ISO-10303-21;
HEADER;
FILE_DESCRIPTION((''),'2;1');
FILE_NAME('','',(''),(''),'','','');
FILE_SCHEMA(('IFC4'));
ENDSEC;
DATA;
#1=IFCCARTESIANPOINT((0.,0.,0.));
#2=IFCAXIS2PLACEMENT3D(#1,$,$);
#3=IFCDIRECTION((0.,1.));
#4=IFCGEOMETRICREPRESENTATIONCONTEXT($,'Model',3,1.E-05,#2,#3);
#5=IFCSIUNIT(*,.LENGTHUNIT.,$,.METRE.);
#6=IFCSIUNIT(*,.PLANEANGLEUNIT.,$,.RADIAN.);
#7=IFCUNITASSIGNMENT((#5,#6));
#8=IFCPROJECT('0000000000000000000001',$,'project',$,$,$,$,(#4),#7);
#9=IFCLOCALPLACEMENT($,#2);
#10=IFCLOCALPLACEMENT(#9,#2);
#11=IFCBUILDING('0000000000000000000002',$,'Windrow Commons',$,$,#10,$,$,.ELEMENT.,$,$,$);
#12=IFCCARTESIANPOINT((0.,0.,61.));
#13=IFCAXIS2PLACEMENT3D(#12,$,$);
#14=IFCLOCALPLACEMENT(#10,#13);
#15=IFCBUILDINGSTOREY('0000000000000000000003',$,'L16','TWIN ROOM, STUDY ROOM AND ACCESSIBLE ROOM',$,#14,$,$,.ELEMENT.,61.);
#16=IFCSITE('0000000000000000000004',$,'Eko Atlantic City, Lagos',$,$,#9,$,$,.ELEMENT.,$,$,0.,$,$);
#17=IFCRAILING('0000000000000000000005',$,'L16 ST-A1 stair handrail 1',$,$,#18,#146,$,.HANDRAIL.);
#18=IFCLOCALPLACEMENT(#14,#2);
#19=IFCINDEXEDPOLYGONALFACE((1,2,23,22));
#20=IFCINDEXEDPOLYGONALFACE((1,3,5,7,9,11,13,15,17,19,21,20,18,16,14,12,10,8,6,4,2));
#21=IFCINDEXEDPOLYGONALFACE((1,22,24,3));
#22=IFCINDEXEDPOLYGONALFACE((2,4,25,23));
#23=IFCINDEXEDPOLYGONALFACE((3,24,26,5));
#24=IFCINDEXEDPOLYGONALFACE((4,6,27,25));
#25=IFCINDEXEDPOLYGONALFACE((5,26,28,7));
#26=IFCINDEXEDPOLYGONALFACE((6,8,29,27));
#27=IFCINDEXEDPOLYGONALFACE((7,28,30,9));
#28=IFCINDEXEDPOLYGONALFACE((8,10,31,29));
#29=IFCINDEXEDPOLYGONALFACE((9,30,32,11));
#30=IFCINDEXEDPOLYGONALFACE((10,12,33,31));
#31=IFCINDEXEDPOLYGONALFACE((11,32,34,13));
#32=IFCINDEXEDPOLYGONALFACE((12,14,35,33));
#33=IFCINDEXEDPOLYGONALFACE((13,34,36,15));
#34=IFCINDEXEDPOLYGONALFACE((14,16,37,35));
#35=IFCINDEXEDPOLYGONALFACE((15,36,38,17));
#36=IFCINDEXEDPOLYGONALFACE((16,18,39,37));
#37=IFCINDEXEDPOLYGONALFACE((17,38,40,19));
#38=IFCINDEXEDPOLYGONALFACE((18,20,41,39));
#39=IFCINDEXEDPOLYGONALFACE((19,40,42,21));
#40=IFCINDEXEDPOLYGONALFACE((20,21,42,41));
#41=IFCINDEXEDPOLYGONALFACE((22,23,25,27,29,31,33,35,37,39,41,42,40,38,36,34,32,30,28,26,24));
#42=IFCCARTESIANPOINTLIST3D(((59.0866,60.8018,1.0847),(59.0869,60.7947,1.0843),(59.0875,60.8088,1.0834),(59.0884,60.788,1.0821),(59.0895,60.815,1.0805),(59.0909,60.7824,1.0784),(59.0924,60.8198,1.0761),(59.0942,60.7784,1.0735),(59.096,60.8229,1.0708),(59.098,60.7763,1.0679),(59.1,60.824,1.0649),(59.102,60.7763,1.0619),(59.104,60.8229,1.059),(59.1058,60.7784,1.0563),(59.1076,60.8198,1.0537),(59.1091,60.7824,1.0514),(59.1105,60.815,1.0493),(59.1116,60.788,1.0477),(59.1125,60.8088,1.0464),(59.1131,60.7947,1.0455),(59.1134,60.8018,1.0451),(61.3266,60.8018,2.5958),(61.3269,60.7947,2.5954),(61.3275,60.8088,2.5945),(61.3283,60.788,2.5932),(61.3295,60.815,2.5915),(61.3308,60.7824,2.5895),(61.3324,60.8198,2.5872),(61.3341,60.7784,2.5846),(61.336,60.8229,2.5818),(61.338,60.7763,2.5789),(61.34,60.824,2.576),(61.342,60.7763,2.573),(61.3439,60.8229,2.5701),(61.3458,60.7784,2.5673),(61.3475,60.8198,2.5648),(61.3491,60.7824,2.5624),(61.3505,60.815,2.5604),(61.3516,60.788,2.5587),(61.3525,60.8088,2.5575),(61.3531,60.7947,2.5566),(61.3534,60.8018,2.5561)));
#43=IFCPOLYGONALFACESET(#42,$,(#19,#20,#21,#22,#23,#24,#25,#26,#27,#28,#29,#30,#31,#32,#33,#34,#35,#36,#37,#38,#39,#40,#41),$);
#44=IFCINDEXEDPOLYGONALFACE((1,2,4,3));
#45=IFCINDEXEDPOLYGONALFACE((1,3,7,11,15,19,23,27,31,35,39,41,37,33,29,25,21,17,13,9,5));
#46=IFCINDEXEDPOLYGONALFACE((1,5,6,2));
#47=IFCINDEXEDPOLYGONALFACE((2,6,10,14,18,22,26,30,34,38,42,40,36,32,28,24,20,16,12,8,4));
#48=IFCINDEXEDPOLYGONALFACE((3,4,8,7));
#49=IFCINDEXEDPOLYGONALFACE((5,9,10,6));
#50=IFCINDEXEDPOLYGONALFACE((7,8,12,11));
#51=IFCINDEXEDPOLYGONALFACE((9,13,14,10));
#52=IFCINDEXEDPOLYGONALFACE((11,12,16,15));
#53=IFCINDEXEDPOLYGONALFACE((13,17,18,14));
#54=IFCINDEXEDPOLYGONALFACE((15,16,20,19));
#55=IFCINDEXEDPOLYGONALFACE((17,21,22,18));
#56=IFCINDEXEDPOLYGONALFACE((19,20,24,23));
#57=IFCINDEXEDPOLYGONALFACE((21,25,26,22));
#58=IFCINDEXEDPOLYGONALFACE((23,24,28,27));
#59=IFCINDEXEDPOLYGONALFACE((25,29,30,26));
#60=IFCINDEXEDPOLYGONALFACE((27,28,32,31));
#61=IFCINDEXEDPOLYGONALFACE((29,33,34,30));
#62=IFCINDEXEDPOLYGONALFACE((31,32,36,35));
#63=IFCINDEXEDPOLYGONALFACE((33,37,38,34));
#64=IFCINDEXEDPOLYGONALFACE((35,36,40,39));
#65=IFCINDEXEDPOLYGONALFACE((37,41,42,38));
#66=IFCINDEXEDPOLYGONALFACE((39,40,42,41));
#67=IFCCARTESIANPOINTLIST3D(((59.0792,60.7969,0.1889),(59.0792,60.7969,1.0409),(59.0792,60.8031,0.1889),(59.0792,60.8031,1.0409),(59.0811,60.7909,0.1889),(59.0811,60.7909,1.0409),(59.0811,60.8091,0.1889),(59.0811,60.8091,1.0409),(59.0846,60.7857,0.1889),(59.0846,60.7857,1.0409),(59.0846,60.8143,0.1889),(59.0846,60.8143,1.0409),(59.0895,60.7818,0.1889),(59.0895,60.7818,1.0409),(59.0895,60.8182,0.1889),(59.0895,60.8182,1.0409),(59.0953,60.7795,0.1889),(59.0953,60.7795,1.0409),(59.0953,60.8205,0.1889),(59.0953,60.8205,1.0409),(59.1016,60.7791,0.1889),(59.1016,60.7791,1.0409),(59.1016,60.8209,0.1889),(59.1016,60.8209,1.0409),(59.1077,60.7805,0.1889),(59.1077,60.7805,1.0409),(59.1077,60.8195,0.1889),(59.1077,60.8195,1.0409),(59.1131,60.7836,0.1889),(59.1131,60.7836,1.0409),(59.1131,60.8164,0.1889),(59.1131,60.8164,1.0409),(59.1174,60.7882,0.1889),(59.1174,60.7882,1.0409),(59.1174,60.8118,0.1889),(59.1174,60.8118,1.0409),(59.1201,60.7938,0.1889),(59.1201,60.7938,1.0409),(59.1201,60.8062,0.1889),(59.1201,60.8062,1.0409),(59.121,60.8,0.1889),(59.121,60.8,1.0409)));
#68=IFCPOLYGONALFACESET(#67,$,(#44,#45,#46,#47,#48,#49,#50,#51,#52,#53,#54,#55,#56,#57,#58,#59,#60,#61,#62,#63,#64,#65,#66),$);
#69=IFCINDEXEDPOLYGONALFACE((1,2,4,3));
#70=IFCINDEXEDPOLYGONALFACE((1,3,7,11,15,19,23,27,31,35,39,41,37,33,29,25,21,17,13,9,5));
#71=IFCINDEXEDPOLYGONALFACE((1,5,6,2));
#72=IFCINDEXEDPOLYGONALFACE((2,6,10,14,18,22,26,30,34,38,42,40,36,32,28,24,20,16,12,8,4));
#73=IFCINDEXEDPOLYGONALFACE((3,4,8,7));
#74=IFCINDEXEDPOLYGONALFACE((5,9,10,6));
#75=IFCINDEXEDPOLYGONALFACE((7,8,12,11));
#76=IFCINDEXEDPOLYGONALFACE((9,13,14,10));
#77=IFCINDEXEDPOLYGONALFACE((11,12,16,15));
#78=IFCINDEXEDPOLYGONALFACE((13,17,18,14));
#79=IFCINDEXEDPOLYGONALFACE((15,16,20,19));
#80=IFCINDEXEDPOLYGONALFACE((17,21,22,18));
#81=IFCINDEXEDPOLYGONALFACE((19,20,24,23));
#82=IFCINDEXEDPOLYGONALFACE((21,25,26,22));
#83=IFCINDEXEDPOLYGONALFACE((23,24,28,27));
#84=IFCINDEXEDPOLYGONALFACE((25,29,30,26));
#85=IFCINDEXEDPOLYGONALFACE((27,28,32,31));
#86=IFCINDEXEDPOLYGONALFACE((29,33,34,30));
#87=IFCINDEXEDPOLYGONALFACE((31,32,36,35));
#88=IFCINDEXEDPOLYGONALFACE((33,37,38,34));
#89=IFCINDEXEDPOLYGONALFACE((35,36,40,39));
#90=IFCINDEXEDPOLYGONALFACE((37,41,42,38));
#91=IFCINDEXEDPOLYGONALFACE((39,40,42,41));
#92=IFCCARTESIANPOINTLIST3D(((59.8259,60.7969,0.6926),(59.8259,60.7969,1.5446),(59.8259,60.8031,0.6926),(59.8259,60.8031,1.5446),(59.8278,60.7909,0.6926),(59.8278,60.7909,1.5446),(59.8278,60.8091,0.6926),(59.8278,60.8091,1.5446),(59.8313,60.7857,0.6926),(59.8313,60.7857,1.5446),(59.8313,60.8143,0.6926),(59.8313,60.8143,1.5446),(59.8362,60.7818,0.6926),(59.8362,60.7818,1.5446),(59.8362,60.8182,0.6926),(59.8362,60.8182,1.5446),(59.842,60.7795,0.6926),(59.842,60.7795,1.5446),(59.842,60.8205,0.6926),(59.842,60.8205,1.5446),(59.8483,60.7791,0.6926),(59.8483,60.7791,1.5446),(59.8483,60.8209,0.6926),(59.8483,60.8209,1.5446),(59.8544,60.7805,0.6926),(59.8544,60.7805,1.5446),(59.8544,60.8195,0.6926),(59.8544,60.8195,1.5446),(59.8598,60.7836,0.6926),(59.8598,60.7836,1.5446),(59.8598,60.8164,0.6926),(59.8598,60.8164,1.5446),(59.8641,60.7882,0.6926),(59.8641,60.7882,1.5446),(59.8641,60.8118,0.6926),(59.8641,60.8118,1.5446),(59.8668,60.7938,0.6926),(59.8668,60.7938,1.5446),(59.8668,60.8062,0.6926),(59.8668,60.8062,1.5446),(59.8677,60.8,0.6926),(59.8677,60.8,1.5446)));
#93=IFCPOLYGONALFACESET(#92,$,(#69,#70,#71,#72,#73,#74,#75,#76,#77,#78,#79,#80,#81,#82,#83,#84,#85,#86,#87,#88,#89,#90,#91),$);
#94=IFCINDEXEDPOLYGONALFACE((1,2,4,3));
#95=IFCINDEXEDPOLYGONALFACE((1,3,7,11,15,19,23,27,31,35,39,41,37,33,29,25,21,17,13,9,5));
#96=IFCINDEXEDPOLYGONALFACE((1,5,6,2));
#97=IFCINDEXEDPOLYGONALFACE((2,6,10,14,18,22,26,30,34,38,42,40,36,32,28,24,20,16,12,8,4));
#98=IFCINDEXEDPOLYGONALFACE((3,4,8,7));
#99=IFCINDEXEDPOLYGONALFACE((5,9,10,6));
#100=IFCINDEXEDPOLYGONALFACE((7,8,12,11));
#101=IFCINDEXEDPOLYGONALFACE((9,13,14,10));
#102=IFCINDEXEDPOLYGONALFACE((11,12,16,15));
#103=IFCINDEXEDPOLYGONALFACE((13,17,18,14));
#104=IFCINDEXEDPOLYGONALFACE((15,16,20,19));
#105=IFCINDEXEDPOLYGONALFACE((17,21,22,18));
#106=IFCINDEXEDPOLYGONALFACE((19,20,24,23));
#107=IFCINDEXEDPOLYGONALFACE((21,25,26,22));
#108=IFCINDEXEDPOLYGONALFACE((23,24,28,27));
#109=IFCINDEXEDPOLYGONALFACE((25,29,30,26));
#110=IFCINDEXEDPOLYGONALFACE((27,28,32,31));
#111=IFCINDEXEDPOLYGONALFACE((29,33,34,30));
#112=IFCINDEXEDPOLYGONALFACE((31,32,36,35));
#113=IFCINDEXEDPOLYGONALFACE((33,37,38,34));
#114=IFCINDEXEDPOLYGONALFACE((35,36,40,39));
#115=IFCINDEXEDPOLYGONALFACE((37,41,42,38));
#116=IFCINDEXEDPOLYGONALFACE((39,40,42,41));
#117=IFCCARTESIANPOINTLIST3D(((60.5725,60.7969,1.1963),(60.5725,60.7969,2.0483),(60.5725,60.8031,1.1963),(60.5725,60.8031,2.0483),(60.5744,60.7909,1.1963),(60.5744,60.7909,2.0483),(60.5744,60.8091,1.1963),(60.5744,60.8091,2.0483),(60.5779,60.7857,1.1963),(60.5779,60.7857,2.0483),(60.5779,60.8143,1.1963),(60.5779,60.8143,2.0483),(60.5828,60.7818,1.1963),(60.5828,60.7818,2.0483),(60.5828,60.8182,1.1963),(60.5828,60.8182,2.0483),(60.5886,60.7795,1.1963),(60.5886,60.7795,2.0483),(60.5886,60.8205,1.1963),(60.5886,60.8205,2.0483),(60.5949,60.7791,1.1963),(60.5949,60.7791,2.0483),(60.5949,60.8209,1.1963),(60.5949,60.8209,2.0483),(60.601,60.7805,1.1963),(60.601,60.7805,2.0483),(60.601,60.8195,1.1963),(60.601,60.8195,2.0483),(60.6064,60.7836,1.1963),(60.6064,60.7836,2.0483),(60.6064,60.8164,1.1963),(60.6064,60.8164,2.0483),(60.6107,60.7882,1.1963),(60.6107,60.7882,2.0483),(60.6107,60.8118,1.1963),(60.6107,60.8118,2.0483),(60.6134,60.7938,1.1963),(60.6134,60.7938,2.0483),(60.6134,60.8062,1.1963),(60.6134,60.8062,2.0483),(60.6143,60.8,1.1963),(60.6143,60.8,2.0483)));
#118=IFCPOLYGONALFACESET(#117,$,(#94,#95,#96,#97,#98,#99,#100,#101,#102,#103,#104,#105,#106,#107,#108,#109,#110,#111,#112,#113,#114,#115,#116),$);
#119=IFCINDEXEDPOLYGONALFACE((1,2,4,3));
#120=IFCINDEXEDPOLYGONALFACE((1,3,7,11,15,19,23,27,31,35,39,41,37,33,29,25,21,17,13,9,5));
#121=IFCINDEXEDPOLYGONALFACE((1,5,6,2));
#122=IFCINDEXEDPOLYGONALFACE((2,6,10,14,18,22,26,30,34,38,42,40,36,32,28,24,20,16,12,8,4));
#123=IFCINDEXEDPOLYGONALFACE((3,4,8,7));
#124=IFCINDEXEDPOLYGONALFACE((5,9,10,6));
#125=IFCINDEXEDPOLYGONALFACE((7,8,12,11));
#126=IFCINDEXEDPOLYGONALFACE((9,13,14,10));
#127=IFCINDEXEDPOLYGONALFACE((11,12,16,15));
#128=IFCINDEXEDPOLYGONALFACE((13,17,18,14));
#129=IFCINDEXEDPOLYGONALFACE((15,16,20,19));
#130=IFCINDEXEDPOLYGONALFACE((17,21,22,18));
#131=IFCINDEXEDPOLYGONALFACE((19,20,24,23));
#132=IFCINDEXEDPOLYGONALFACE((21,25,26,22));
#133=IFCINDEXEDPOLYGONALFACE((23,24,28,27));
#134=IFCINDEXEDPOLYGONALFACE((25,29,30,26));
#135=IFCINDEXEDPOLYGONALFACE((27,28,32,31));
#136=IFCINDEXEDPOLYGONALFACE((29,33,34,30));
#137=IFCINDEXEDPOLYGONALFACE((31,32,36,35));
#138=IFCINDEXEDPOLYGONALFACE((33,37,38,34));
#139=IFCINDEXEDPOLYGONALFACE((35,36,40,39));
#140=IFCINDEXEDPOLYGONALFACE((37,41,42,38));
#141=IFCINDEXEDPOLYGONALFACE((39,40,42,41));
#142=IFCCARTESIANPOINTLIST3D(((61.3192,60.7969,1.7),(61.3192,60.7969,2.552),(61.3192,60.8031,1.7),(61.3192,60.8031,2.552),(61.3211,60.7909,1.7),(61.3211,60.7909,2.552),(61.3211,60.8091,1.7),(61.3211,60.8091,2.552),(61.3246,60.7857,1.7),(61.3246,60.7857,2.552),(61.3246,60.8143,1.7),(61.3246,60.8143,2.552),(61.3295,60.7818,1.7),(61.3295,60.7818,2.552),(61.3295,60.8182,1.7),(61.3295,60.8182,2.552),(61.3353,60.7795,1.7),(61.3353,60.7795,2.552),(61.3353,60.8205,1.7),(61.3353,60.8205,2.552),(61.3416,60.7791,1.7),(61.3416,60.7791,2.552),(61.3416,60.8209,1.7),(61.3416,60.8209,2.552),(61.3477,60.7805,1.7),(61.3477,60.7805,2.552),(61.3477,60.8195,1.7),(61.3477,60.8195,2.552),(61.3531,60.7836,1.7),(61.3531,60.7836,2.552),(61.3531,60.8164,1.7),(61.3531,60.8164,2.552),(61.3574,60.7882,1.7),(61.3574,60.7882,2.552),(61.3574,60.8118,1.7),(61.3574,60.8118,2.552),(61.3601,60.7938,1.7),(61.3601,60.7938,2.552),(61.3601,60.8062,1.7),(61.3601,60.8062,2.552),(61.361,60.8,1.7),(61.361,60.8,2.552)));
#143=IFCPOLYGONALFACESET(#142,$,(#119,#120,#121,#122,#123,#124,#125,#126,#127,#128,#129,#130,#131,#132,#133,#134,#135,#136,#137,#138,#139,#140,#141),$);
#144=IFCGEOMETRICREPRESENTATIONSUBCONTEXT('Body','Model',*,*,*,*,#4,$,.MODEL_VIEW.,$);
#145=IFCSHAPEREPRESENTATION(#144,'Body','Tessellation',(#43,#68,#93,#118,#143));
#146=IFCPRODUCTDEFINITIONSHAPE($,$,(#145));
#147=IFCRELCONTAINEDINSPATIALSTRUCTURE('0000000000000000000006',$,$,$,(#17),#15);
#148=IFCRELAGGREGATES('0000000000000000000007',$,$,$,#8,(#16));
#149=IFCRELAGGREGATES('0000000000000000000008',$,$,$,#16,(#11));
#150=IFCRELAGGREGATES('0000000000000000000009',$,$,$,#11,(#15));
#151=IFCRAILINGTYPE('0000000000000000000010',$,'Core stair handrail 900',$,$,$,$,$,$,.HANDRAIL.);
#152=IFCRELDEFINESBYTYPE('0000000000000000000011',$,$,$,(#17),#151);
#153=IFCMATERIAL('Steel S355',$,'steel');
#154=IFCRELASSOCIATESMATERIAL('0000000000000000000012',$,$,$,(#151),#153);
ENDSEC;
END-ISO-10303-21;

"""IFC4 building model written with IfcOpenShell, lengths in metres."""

from ifc_helpers import new_model, si_unit, direction, frame, origin, origin_2d, place, context, subcontext, project, spatial, circle, extrude, material, type_object, element, save


model = new_model("IFC4")

# Units and contexts
model_context = context("Model", 3, precision=1e-05, world=origin(), true_north=direction((0.0, 1.0)))
body_context = subcontext(model_context, "Body", "Model", "MODEL_VIEW")
ifc_project = project(units=[si_unit("LENGTHUNIT", "METRE"), si_unit("PLANEANGLEUNIT", "RADIAN")], contexts=[model_context])

# Site, building, storey
site_placement = place(None, origin())
site = spatial("IfcSite", under=ifc_project, at=site_placement, Name="Eko Atlantic City, Lagos", CompositionType="ELEMENT", RefElevation=0.0)
building_placement = place(site_placement, origin())
building = spatial("IfcBuilding", under=site, at=building_placement, Name="Windrow Commons", CompositionType="ELEMENT")
storey_placement = place(building_placement, frame((0.0, 0.0, 61.0)))
storey = spatial("IfcBuildingStorey", under=building, at=storey_placement, Name="L16", Description="TWIN ROOM, STUDY ROOM AND ACCESSIBLE ROOM", CompositionType="ELEMENT", Elevation=61.0)

# Railing
ifc_material_1 = material(Name="Steel S355", Category="steel")
railing_type_1 = type_object("IfcRailingType", Name="Core stair handrail 900", PredefinedType="HANDRAIL", material=ifc_material_1)
railing_1_placement = place(storey_placement, frame((59.1, 60.8, 0.1889)))
element("IfcRailing", 1, at=railing_1_placement, inside=storey, type_object=railing_type_1, Name="L16 ST-A1 stair handrail 1", PredefinedType="HANDRAIL", context=body_context, shape_type="SweptSolid", body=[
    extrude(circle(Radius=0.024, at=origin_2d()), frame((0.0, 0.0, 0.876), z_axis=(0.829003, 0.0, 0.559244), x_axis=(0.0, 1.0, 0.0)), (0.0, 0.0, 1.0), 2.702),
    extrude(circle(Radius=0.021, at=origin_2d()), origin(), (0.0, 0.0, 1.0), 0.852),
    extrude(circle(Radius=0.021, at=origin_2d()), frame((0.7467, 0.0, 0.5037)), (0.0, 0.0, 1.0), 0.852),
    extrude(circle(Radius=0.021, at=origin_2d()), frame((1.4933, 0.0, 1.0074)), (0.0, 0.0, 1.0), 0.852),
    extrude(circle(Radius=0.021, at=origin_2d()), frame((2.24, 0.0, 1.5111)), (0.0, 0.0, 1.0), 0.852),
])

save(model, "model.ifc")
